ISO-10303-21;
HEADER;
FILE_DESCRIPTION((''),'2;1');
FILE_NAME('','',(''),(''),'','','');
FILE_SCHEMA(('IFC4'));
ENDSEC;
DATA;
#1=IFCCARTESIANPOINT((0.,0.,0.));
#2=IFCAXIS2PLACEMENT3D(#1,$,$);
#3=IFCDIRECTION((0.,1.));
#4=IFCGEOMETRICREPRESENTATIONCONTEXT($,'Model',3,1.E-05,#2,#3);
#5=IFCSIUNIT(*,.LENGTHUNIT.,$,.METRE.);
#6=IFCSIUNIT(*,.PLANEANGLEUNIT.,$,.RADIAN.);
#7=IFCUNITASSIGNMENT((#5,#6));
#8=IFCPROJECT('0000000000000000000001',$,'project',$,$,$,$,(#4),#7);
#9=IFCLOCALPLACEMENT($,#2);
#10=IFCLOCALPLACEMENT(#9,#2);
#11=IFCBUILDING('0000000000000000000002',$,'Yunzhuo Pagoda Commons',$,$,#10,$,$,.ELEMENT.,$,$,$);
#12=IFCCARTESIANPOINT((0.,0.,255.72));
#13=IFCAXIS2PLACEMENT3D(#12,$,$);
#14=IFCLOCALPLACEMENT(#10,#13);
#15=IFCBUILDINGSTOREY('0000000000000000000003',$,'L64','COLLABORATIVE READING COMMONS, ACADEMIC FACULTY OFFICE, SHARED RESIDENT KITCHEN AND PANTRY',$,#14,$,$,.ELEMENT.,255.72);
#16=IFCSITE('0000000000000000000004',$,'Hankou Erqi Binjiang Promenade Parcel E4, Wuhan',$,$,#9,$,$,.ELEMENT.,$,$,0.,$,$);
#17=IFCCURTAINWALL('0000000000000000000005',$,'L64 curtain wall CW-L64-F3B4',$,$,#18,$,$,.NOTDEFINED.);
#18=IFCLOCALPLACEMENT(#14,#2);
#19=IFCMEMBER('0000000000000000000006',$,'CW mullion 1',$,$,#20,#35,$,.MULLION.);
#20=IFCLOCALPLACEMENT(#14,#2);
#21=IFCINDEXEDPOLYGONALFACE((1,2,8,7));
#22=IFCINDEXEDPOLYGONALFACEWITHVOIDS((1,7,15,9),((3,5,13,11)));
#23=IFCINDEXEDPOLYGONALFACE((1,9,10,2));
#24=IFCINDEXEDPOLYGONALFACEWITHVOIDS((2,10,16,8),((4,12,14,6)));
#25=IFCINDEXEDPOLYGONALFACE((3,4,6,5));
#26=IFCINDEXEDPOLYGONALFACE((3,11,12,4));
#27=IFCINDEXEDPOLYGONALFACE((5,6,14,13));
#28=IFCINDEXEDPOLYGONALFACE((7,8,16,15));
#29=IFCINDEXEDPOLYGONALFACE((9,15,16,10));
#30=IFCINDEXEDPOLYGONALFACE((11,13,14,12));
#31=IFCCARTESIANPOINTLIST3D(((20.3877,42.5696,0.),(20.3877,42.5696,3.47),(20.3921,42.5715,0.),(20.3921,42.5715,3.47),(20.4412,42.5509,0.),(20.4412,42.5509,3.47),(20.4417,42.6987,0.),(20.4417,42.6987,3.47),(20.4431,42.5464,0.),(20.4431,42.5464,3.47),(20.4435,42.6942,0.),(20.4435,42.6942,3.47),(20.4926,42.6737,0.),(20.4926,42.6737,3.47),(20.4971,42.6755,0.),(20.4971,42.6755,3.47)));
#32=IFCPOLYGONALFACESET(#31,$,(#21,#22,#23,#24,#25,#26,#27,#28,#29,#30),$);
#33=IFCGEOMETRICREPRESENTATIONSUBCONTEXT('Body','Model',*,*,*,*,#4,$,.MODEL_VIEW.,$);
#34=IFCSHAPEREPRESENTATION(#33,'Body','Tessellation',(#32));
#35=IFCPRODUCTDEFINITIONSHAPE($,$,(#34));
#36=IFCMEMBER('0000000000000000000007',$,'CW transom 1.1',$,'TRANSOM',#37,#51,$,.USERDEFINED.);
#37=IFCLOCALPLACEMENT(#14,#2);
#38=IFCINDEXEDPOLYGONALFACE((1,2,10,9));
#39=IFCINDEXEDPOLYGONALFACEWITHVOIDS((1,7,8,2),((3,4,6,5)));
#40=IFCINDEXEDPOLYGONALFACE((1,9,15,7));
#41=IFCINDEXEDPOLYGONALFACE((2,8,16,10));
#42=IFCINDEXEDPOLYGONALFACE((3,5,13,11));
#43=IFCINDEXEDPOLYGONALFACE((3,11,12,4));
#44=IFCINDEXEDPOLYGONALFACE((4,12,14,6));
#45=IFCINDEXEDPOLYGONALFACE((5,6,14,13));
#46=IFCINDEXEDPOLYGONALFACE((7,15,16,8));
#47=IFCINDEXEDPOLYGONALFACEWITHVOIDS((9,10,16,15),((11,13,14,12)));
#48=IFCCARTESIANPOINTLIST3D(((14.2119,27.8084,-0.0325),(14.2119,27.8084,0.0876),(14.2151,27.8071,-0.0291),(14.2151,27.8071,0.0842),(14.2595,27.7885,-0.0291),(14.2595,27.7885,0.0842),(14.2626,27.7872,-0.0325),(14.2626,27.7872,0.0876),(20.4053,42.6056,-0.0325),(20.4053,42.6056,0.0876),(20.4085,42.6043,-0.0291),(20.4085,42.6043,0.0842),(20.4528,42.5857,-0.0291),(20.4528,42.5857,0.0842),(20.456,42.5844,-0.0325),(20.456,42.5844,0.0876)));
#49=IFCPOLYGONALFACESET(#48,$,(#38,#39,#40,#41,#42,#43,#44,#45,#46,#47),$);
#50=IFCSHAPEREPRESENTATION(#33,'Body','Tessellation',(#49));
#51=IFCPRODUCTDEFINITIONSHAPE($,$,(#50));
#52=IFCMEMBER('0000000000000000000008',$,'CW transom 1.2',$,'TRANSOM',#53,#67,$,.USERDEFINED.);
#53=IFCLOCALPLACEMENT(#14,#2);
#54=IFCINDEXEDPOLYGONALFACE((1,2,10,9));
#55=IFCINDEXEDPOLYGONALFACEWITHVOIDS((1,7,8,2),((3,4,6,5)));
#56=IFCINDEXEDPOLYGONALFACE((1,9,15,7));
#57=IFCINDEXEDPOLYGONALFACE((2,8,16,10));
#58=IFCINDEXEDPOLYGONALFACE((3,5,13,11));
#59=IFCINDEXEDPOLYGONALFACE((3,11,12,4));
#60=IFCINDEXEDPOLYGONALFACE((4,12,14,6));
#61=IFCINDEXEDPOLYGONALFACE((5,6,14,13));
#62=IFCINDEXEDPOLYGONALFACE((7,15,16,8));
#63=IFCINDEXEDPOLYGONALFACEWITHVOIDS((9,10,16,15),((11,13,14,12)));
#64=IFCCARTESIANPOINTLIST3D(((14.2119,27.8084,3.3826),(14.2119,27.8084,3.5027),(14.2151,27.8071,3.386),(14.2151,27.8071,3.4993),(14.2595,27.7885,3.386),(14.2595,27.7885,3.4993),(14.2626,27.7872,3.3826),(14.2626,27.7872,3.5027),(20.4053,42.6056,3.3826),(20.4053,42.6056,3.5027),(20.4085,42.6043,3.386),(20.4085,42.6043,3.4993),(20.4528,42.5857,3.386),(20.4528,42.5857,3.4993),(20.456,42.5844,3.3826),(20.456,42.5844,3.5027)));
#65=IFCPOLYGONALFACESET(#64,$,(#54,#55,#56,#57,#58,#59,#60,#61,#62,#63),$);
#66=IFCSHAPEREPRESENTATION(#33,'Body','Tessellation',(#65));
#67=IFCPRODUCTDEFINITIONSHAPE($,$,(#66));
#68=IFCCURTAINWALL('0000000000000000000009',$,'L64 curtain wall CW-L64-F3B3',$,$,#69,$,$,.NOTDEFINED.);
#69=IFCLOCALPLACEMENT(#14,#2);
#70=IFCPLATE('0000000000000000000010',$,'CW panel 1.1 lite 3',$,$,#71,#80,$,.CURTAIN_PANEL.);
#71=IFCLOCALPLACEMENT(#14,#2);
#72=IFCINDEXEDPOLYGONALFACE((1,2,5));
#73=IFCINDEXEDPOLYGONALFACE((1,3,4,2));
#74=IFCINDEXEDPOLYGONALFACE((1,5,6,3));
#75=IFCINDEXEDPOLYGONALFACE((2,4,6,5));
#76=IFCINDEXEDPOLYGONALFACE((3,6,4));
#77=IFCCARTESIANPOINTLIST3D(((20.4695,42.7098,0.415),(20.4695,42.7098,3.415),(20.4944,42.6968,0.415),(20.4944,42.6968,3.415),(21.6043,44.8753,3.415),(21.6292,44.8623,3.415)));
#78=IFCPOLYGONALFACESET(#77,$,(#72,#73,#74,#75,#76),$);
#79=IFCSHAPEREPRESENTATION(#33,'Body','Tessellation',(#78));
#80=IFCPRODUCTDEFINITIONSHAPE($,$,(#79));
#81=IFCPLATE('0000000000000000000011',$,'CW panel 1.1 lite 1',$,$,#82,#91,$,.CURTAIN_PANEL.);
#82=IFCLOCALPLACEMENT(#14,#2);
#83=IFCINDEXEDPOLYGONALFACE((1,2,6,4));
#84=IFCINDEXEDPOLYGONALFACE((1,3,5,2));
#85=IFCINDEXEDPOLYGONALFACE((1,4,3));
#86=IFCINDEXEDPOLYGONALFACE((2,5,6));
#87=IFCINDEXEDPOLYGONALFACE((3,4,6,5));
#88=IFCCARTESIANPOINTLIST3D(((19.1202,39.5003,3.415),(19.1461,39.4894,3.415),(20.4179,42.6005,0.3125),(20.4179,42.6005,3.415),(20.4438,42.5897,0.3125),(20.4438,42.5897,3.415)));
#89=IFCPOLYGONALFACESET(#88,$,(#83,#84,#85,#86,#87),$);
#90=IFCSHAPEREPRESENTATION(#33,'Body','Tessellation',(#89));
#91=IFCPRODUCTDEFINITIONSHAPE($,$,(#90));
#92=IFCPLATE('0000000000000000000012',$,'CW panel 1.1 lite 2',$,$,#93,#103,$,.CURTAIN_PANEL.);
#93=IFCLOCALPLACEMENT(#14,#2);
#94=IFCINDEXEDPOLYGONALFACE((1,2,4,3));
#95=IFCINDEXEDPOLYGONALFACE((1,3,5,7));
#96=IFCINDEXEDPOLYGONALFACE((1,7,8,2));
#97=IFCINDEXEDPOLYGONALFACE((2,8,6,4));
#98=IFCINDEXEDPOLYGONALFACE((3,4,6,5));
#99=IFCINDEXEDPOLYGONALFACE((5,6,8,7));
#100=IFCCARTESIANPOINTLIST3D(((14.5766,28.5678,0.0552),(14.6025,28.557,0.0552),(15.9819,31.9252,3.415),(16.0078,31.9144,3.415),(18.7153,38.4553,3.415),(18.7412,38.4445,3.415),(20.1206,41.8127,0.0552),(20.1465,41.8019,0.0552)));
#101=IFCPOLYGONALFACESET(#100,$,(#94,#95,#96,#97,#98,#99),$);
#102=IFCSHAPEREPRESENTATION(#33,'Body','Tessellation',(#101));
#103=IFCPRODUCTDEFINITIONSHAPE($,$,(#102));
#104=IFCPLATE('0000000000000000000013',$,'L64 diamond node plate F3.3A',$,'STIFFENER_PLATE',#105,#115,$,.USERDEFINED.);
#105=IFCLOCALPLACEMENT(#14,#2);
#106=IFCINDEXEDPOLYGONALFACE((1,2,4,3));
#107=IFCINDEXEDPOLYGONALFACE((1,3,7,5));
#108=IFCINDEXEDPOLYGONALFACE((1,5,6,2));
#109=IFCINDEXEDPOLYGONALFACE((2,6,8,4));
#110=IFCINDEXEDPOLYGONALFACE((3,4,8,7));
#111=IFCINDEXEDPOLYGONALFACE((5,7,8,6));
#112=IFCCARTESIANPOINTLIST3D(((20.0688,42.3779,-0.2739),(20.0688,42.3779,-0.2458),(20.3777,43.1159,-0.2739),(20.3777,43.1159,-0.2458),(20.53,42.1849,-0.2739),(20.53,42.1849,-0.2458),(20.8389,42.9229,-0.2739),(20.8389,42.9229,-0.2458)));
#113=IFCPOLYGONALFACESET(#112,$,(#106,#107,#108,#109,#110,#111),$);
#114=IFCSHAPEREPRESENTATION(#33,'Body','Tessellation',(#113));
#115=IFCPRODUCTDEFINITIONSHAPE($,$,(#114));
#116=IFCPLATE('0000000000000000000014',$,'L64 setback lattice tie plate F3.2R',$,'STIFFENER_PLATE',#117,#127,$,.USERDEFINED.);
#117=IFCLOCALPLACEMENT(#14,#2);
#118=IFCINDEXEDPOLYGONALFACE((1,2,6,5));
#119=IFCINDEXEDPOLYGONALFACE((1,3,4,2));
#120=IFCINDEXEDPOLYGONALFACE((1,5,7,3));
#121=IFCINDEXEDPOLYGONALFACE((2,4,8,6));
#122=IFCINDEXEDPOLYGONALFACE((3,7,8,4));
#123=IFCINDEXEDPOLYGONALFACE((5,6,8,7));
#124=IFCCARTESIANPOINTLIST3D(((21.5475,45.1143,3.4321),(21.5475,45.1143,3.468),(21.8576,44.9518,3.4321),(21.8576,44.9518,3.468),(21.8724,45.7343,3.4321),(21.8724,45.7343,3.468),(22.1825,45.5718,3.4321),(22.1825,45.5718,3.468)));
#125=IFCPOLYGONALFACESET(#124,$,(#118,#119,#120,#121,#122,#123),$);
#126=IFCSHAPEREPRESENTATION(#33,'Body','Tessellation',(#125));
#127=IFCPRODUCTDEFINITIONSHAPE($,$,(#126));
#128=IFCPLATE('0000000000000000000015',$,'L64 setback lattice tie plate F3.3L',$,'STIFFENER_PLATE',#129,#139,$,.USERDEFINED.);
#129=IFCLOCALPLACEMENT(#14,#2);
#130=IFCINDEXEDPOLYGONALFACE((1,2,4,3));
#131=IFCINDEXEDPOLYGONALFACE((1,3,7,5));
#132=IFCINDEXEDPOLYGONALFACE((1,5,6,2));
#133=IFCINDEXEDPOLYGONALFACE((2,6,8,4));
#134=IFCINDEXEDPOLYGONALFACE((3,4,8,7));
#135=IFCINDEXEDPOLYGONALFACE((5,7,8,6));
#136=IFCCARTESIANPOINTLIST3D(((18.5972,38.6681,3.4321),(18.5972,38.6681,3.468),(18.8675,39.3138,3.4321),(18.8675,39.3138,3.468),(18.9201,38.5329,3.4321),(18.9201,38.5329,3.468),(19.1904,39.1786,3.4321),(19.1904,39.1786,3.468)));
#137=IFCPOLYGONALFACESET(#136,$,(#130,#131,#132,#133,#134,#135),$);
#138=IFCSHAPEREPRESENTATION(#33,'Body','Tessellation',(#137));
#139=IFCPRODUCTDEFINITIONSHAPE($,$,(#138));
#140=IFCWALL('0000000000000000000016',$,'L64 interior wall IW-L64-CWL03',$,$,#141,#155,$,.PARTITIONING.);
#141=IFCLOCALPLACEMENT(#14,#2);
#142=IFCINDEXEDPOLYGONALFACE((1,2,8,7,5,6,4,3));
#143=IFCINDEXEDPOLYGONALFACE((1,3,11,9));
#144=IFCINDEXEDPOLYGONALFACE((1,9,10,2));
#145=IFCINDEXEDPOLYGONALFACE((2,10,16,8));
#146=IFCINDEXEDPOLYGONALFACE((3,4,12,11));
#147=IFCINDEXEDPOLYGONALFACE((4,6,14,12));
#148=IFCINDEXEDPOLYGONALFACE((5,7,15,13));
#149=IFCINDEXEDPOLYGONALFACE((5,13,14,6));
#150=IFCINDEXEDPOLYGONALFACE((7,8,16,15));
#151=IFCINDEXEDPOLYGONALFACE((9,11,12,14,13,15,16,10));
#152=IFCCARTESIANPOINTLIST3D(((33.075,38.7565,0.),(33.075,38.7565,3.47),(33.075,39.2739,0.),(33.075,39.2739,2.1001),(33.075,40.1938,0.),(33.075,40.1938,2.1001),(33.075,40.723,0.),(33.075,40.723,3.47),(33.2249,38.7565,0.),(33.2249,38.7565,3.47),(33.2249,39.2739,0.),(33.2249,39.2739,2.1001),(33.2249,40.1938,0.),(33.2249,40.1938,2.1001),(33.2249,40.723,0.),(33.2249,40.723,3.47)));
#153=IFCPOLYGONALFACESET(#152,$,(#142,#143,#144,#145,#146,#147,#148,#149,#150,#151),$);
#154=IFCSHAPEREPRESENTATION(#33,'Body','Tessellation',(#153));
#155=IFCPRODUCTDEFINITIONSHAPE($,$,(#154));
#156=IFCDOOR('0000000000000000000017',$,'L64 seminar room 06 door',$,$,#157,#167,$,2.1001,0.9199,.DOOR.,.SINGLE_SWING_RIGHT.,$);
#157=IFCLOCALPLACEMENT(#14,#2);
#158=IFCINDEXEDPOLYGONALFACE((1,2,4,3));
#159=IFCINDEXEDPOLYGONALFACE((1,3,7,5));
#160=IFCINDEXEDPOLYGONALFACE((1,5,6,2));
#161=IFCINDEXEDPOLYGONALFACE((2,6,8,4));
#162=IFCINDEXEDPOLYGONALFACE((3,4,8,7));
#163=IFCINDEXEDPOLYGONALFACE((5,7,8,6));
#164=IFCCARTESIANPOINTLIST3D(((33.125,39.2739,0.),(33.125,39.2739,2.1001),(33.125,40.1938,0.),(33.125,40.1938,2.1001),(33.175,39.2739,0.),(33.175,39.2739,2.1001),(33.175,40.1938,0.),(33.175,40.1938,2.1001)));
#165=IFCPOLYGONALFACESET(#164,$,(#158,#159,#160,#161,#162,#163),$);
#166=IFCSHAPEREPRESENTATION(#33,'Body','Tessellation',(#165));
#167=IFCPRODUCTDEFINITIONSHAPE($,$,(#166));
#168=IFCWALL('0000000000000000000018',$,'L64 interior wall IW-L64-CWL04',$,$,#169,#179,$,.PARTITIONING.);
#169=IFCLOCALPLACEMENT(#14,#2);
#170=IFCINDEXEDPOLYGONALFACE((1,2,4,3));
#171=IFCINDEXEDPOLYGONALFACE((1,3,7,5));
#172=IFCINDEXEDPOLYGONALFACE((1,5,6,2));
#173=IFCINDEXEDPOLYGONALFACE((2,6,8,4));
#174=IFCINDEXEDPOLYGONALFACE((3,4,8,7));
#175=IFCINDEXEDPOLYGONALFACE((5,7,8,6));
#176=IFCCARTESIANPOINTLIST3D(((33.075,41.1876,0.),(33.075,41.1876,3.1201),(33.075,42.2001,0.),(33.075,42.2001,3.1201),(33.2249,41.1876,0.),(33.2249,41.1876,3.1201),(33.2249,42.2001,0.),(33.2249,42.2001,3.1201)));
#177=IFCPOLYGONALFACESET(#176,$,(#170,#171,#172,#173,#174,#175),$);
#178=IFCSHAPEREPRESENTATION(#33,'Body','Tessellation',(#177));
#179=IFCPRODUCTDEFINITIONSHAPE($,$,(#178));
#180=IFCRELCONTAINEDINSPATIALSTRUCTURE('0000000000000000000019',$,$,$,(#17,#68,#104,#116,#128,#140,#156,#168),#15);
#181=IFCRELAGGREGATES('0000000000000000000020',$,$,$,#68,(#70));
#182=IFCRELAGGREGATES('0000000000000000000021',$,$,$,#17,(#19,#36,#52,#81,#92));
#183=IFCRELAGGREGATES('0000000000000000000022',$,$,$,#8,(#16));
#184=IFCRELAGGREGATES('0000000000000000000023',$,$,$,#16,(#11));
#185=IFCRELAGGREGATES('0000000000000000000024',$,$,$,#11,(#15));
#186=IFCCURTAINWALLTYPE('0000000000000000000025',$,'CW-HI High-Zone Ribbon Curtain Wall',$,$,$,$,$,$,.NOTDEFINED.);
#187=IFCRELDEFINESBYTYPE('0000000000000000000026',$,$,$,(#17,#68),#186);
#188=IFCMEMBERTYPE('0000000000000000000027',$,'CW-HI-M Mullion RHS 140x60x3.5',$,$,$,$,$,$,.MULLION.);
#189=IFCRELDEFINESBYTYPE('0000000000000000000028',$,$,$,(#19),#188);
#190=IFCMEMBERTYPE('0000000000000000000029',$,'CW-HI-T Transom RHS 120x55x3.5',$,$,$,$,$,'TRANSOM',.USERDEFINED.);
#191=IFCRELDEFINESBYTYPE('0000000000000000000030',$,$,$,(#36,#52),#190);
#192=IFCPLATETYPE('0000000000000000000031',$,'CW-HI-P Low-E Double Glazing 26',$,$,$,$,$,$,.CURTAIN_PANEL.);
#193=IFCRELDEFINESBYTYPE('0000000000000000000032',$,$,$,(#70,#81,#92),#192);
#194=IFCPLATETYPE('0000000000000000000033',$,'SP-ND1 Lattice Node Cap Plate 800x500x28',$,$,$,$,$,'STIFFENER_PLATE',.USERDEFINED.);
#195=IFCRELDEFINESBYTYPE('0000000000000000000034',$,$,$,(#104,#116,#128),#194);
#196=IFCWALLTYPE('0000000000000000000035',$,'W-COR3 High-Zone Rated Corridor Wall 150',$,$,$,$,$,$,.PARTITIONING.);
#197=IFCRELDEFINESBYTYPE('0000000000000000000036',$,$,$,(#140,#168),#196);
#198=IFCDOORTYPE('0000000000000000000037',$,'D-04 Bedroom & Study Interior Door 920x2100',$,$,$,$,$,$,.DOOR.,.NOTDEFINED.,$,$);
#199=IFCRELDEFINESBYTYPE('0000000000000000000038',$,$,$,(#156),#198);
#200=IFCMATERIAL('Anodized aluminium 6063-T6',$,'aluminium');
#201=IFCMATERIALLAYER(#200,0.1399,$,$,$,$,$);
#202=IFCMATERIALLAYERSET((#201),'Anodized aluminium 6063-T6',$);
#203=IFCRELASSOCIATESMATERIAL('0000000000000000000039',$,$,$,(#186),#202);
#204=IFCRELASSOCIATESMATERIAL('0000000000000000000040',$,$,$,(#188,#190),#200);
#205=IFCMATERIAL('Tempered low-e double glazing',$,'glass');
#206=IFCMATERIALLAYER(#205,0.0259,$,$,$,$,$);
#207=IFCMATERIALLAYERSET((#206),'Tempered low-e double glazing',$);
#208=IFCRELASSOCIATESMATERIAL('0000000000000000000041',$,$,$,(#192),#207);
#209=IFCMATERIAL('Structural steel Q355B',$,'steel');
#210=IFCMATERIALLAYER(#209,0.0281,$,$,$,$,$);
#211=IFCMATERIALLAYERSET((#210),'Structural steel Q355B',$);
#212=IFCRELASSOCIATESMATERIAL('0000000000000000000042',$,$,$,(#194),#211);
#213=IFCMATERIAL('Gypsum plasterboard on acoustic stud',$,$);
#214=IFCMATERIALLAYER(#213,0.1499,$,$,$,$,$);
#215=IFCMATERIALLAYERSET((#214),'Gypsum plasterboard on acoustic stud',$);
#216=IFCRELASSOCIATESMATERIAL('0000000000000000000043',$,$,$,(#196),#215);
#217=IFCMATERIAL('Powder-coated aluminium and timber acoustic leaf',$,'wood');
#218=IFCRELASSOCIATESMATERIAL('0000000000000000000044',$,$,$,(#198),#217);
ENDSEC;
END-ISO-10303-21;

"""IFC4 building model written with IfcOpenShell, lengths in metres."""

from ifc_helpers import new_model, si_unit, direction, frame, frame_2d, origin, origin_with_axes, origin_2d, place, context, subcontext, project, spatial, polyline, rectangle, hollow_rectangle, outline, extrude, source, transform, mapped, material, layer, layer_set, material_profile, profile_set, type_object, element, fill, aggregate, save


model = new_model("IFC4")

# Units and contexts
model_context = context("Model", 3, precision=1e-05, world=origin(), true_north=direction((0.0, 1.0)))
body_context = subcontext(model_context, "Body", "Model", "MODEL_VIEW")
ifc_project = project(units=[si_unit("LENGTHUNIT", "METRE"), si_unit("PLANEANGLEUNIT", "RADIAN")], contexts=[model_context])

# Site, building, storey
site_placement = place(None, origin())
site = spatial("IfcSite", under=ifc_project, at=site_placement, Name="Hankou Erqi Binjiang Promenade Parcel E4, Wuhan", CompositionType="ELEMENT", RefElevation=0.0)
building_placement = place(site_placement, origin())
building = spatial("IfcBuilding", under=site, at=building_placement, Name="Yunzhuo Pagoda Commons", CompositionType="ELEMENT")
storey_placement = place(building_placement, frame((0.0, 0.0, 255.72)))
storey = spatial("IfcBuildingStorey", under=building, at=storey_placement, Name="L64", Description="COLLABORATIVE READING COMMONS, ACADEMIC FACULTY OFFICE, SHARED RESIDENT KITCHEN AND PANTRY", CompositionType="ELEMENT", Elevation=255.72)

# Shared definitions
ifc_material_1 = material(Name="Structural steel Q355B", Category="steel")

# Curtain wall, members
ifc_material_2 = material(Name="Anodized aluminium 6063-T6", Category="aluminium")
ifc_layer_1 = layer(ifc_material_2, 0.1399)
ifc_layer_set_1 = layer_set([ifc_layer_1], Name="Anodized aluminium 6063-T6")
curtain_wall_type = type_object("IfcCurtainWallType", Name="CW-HI High-Zone Ribbon Curtain Wall", PredefinedType="NOTDEFINED", material=ifc_layer_set_1)
curtain_wall_1_placement = place(storey_placement, origin())
curtain_wall_1 = element("IfcCurtainWall", 1, at=curtain_wall_1_placement, inside=storey, type_object=curtain_wall_type, Name="L64 curtain wall CW-L64-F3B4", PredefinedType="NOTDEFINED")
ifc_material_profile_1 = material_profile(ifc_material_2, hollow_rectangle(XDim=0.0601, YDim=0.1399, WallThickness=0.0034, at=origin_2d()), Name="Anodized aluminium 6063-T6")
ifc_profile_set_1 = profile_set([ifc_material_profile_1], Name="Anodized aluminium 6063-T6")
member_type_1 = type_object("IfcMemberType", Name="CW-HI-M Mullion RHS 140x60x3.5", PredefinedType="MULLION", material=ifc_profile_set_1)
shared_shape_1 = source(origin(), body_context, "Body", "SweptSolid", [
    extrude(hollow_rectangle(XDim=0.0601, YDim=0.1399, WallThickness=0.0034, at=origin_2d()), origin(), (0.0, 0.0, 1.0), 3.47),
])
member_1_placement = place(storey_placement, frame((20.4424, 42.6226, 0.0), z_axis=(0.0, 0.0, 1.0), x_axis=(0.922451, -0.386115, 0.0)))
member_1 = element("IfcMember", 2, at=member_1_placement, type_object=member_type_1, Name="CW mullion 1", PredefinedType="MULLION", context=body_context, shape_type="MappedRepresentation", body=[
    mapped(shared_shape_1, transform((0.0, 0.0, 0.0), scale=1.0)),
])
ifc_material_profile_2 = material_profile(ifc_material_2, hollow_rectangle(XDim=0.0549, YDim=0.1201, WallThickness=0.0034, at=origin_2d()), Name="Anodized aluminium 6063-T6")
ifc_profile_set_2 = profile_set([ifc_material_profile_2], Name="Anodized aluminium 6063-T6")
member_type_2 = type_object("IfcMemberType", Name="CW-HI-T Transom RHS 120x55x3.5", ElementType="TRANSOM", PredefinedType="USERDEFINED", material=ifc_profile_set_2)
shared_shape_2 = source(origin(), body_context, "Body", "SweptSolid", [
    extrude(hollow_rectangle(XDim=0.0549, YDim=0.1201, WallThickness=0.0034, at=origin_2d()), origin(), (0.0, 0.0, 1.0), 16.041),
])
member_2_placement = place(storey_placement, frame((20.4307, 42.595, 0.0276), z_axis=(-0.386097, -0.922458, 0.0), x_axis=(0.922458, -0.386097, 0.0)))
member_2 = element("IfcMember", 3, at=member_2_placement, type_object=member_type_2, Name="CW transom 1.1", ObjectType="TRANSOM", PredefinedType="USERDEFINED", context=body_context, shape_type="MappedRepresentation", body=[
    mapped(shared_shape_2, transform((0.0, 0.0, 0.0), scale=1.0)),
])
member_3_placement = place(storey_placement, frame((20.4307, 42.595, 3.4426), z_axis=(-0.386097, -0.922458, 0.0), x_axis=(0.922458, -0.386097, 0.0)))
member_3 = element("IfcMember", 4, at=member_3_placement, type_object=member_type_2, Name="CW transom 1.2", ObjectType="TRANSOM", PredefinedType="USERDEFINED", context=body_context, shape_type="MappedRepresentation", body=[
    mapped(shared_shape_2, transform((0.0, 0.0, 0.0), scale=1.0)),
])

# Curtain wall, plate
curtain_wall_2_placement = place(storey_placement, origin())
curtain_wall_2 = element("IfcCurtainWall", 5, at=curtain_wall_2_placement, inside=storey, type_object=curtain_wall_type, Name="L64 curtain wall CW-L64-F3B3", PredefinedType="NOTDEFINED")
ifc_material_3 = material(Name="Tempered low-e double glazing", Category="glass")
ifc_layer_2 = layer(ifc_material_3, 0.0259)
ifc_layer_set_2 = layer_set([ifc_layer_2], Name="Tempered low-e double glazing")
plate_type_1 = type_object("IfcPlateType", Name="CW-HI-P Low-E Double Glazing 26", PredefinedType="CURTAIN_PANEL", material=ifc_layer_set_2)
plate_1_placement = place(storey_placement, frame((21.0618, 43.7795, 1.915), z_axis=(-0.885743, 0.464176, 0.0), x_axis=(-0.464176, -0.885743, 0.0)))
plate_1 = element("IfcPlate", 6, at=plate_1_placement, type_object=plate_type_1, Name="CW panel 1.1 lite 3", PredefinedType="CURTAIN_PANEL", context=body_context, shape_type="SweptSolid", body=[
    extrude(outline(polyline([(-1.2224, 1.5), (1.2224, -1.5), (1.2224, 1.5), (-1.2224, 1.5)])), origin(), (0.0, 0.0, 1.0), 0.0281),
])
aggregate(curtain_wall_2, [plate_1])

# Plates
plate_2_placement = place(storey_placement, frame((19.7949, 41.0396, 1.8638), z_axis=(-0.922451, 0.386115, 0.0), x_axis=(-0.386115, -0.922451, 0.0)))
plate_2 = element("IfcPlate", 7, at=plate_2_placement, type_object=plate_type_1, Name="CW panel 1.1 lite 1", PredefinedType="CURTAIN_PANEL", context=body_context, shape_type="SweptSolid", body=[
    extrude(outline(polyline([(-1.6804, -1.5513), (1.6804, 1.5513), (-1.6804, 1.5513), (-1.6804, -1.5513)])), origin(), (0.0, 0.0, 1.0), 0.0281),
])
plate_3_placement = place(storey_placement, frame((17.3745, 35.1794, 1.7351), z_axis=(-0.922451, 0.386115, 0.0), x_axis=(-0.386115, -0.922451, 0.0)))
plate_3 = element("IfcPlate", 8, at=plate_3_placement, type_object=plate_type_1, Name="CW panel 1.1 lite 2", PredefinedType="CURTAIN_PANEL", context=body_context, shape_type="SweptSolid", body=[
    extrude(outline(polyline([(-7.1792, -1.6799), (7.1792, -1.6799), (3.5396, 1.6799), (-3.5396, 1.6799), (-7.1792, -1.6799)])), origin(), (0.0, 0.0, 1.0), 0.0281),
])
aggregate(curtain_wall_1, [member_1, member_2, member_3, plate_2, plate_3])

# Plates
ifc_layer_3 = layer(ifc_material_1, 0.0281)
ifc_layer_set_3 = layer_set([ifc_layer_3], Name="Structural steel Q355B")
plate_type_2 = type_object("IfcPlateType", Name="SP-ND1 Lattice Node Cap Plate 800x500x28", ElementType="STIFFENER_PLATE", PredefinedType="USERDEFINED", material=ifc_layer_set_3)
shared_shape_3 = source(origin(), body_context, "Body", "SweptSolid", [
    extrude(rectangle(XDim=0.8, YDim=0.5, at=origin_2d()), origin(), (0.0, 0.0, 1.0), 0.0281),
])
plate_4_placement = place(storey_placement, frame((20.4539, 42.6504, -0.2739), z_axis=(0.0, 0.0, 1.0), x_axis=(-0.386115, -0.922451, 0.0)))
element("IfcPlate", 9, at=plate_4_placement, inside=storey, type_object=plate_type_2, Name="L64 diamond node plate F3.3A", ObjectType="STIFFENER_PLATE", PredefinedType="USERDEFINED", context=body_context, shape_type="MappedRepresentation", body=[
    mapped(shared_shape_3, transform((0.0, 0.0, 0.0), scale=1.0)),
])
shared_shape_4 = source(origin(), body_context, "Body", "SweptSolid", [
    extrude(rectangle(XDim=0.7, YDim=0.3501, at=origin_2d()), origin(), (0.0, 0.0, 1.0), 0.0359),
])
for number, where, z_axis, x_axis, name in (
    (10, (21.865, 45.343, 3.4321), (0.0, 0.0, 1.0), (-0.464177, -0.885742, 0.0), "L64 setback lattice tie plate F3.2R"),
    (11, (18.8938, 38.9233, 3.4321), (0.0, 0.0, 1.0), (-0.386115, -0.922451, 0.0), "L64 setback lattice tie plate F3.3L"),
):
    element("IfcPlate", number, at=place(storey_placement, frame(where, z_axis=z_axis, x_axis=x_axis)), inside=storey, type_object=plate_type_2, Name=name, ObjectType="STIFFENER_PLATE", PredefinedType="USERDEFINED", context=body_context, shape_type="MappedRepresentation", body=[
        mapped(shared_shape_4, transform((0.0, 0.0, 0.0), scale=1.0)),
    ])

# Wall, opening, door
ifc_material_4 = material(Name="Gypsum plasterboard on acoustic stud")
ifc_layer_4 = layer(ifc_material_4, 0.1499)
ifc_layer_set_4 = layer_set([ifc_layer_4], Name="Gypsum plasterboard on acoustic stud")
wall_type_1 = type_object("IfcWallType", Name="W-COR3 High-Zone Rated Corridor Wall 150", PredefinedType="PARTITIONING", material=ifc_layer_set_4)
wall_1_placement = place(storey_placement, frame((33.1499, 38.7563, 0.0), z_axis=(0.0, 0.0, 1.0), x_axis=(0.0, 1.0, 0.0)))
wall_1 = element("IfcWall", 12, at=wall_1_placement, inside=storey, type_object=wall_type_1, Name="L64 interior wall IW-L64-CWL03", PredefinedType="PARTITIONING", context=body_context, shape_type="SweptSolid", body=[
    extrude(rectangle(XDim=1.9666, YDim=0.1499, at=frame_2d((0.9834, 0.0))), origin(), (0.0, 0.0, 1.0), 3.47),
])
opening_placement = place(wall_1_placement, frame((0.5176, 0.0, 0.0)))
opening = element("IfcOpeningElement", 13, at=opening_placement, cuts=wall_1, PredefinedType="OPENING", context=body_context, shape_type="SweptSolid", body=[
    extrude(rectangle(XDim=0.9199, YDim=2.1001, at=frame_2d((0.46, 1.05))), frame((0.0, 0.085, 0.0), z_axis=(0.0, -1.0, 0.0), x_axis=(1.0, 0.0, 0.0)), (0.0, 0.0, 1.0), 0.1699),
])
ifc_material_5 = material(Name="Powder-coated aluminium and timber acoustic leaf", Category="wood")
door_type = type_object("IfcDoorType", Name="D-04 Bedroom & Study Interior Door 920x2100", OperationType="NOTDEFINED", PredefinedType="DOOR", material=ifc_material_5)
shared_shape_5 = source(origin(), body_context, "Body", "SweptSolid", [
    extrude(rectangle(XDim=0.9199, YDim=2.1001, at=frame_2d((0.46, 1.05))), frame((0.0, 0.0249, 0.0), z_axis=(0.0, -1.0, 0.0), x_axis=(1.0, 0.0, 0.0)), (0.0, 0.0, 1.0), 0.05),
])
door_placement = place(opening_placement, origin_with_axes())
door = element("IfcDoor", 14, at=door_placement, inside=storey, type_object=door_type, Name="L64 seminar room 06 door", OperationType="SINGLE_SWING_RIGHT", OverallHeight=2.1001, OverallWidth=0.9199, PredefinedType="DOOR", context=body_context, shape_type="MappedRepresentation", body=[
    mapped(shared_shape_5, transform((0.0, 0.0, 0.0), scale=1.0)),
])
fill(opening, door)

# Wall
wall_2_placement = place(storey_placement, frame((33.1499, 41.1875, 0.0), z_axis=(0.0, 0.0, 1.0), x_axis=(0.0, 1.0, 0.0)))
element("IfcWall", 15, at=wall_2_placement, inside=storey, type_object=wall_type_1, Name="L64 interior wall IW-L64-CWL04", PredefinedType="PARTITIONING", context=body_context, shape_type="SweptSolid", body=[
    extrude(rectangle(XDim=1.0125, YDim=0.1499, at=frame_2d((0.5063, 0.0))), origin(), (0.0, 0.0, 1.0), 3.1201),
])

save(model, "model.ifc")
